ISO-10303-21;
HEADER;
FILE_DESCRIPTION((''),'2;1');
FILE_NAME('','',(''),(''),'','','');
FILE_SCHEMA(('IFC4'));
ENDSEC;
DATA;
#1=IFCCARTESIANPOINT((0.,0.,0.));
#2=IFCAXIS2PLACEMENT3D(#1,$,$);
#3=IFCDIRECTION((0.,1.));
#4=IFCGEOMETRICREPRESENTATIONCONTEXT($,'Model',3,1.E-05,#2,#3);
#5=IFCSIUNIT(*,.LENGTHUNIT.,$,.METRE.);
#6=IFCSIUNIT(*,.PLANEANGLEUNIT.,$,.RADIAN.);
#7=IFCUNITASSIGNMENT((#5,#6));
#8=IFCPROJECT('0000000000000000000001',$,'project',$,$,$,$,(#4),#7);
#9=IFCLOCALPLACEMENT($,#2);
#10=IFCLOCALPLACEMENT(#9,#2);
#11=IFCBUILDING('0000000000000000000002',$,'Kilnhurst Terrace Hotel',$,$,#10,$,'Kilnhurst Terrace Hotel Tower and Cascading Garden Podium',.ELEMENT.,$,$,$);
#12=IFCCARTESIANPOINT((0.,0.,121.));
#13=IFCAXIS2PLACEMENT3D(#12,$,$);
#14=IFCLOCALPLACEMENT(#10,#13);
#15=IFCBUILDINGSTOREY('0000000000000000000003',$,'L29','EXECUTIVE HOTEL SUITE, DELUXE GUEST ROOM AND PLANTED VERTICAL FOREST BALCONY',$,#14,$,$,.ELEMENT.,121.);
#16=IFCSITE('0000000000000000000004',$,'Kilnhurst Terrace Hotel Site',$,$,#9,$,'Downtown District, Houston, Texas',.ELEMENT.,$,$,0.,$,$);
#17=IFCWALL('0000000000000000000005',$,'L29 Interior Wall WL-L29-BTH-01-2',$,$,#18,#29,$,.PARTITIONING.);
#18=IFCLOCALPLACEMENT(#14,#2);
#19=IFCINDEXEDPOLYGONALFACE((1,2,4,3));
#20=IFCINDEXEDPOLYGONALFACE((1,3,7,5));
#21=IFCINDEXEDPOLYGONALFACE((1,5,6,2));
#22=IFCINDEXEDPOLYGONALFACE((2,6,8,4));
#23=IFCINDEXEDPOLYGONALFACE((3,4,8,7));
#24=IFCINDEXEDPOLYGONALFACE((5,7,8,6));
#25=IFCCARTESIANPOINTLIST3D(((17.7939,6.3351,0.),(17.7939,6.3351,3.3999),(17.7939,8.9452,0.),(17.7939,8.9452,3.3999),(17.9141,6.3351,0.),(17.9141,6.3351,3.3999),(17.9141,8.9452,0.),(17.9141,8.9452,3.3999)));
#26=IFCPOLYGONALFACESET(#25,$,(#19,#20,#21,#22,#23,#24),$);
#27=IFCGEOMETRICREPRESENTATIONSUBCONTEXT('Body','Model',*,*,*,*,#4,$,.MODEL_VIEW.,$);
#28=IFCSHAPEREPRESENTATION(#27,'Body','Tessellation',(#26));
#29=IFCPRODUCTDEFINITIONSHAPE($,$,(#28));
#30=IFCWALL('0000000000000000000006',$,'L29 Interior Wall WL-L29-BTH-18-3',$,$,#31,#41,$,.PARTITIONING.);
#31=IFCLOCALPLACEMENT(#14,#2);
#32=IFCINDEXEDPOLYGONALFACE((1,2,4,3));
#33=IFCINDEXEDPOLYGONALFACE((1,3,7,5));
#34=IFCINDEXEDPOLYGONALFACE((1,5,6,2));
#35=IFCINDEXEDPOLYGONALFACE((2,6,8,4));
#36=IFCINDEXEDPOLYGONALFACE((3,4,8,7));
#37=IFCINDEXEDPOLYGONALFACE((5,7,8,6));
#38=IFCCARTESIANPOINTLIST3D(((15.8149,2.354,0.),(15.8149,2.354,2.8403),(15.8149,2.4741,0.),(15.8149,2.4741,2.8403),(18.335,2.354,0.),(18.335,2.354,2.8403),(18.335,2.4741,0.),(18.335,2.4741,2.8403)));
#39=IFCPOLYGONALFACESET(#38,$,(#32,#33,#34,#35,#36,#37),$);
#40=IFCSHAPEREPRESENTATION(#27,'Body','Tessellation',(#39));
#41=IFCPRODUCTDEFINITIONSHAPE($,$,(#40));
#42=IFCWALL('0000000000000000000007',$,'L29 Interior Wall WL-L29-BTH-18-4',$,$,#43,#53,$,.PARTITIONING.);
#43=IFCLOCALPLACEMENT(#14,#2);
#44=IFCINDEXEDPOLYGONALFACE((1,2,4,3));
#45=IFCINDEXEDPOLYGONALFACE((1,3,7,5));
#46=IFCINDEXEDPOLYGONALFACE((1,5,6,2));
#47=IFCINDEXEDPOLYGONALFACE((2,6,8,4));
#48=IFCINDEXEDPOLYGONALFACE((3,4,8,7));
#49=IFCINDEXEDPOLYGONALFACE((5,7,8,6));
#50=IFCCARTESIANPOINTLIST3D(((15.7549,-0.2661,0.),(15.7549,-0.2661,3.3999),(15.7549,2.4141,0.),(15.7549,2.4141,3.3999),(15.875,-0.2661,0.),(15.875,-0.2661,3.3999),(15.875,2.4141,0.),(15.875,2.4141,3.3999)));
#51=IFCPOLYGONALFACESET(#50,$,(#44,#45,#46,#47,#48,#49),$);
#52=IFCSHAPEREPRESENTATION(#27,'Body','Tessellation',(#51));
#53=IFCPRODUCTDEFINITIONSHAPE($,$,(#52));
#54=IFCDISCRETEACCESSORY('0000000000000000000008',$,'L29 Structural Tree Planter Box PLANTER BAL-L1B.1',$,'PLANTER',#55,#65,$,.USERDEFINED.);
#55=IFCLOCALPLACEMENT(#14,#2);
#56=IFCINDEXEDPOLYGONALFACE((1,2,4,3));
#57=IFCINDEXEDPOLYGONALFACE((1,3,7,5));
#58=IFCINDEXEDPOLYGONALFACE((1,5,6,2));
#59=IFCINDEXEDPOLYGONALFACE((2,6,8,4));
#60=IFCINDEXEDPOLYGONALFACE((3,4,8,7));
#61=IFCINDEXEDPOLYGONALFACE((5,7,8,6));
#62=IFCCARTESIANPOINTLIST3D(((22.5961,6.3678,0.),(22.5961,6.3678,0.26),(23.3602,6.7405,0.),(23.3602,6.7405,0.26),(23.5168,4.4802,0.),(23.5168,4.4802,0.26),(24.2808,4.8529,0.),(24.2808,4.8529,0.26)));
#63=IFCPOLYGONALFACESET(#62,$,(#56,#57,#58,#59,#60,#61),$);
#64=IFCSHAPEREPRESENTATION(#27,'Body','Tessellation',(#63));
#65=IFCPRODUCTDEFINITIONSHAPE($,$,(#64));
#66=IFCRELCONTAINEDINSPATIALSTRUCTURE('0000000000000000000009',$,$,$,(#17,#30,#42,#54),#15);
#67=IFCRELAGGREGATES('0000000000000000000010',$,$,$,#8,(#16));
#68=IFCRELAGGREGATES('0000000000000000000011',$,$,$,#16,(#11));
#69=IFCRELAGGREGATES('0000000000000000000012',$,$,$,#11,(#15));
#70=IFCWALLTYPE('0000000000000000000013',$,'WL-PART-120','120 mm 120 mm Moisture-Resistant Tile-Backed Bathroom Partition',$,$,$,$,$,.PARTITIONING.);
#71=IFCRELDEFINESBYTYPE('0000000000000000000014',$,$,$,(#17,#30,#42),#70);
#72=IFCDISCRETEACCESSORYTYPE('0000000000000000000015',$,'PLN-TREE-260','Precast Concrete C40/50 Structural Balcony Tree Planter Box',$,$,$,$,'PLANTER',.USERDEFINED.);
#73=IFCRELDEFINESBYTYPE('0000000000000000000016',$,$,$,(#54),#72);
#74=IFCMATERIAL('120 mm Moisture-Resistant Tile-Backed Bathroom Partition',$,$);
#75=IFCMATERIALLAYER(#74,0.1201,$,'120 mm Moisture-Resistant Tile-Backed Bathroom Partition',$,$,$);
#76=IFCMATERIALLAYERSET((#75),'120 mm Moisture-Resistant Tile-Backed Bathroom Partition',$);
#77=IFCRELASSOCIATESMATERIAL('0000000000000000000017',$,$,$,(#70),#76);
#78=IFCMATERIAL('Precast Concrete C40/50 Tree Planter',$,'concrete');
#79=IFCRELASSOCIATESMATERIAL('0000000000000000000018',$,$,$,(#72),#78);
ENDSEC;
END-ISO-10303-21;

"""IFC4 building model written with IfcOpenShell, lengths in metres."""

from ifc_helpers import new_model, si_unit, direction, frame, frame_2d, origin, origin_2d, place, context, subcontext, project, spatial, rectangle, extrude, material, layer, layer_set, type_object, element, save


model = new_model("IFC4")

# Units and contexts
model_context = context("Model", 3, precision=1e-05, world=origin(), true_north=direction((0.0, 1.0)))
body_context = subcontext(model_context, "Body", "Model", "MODEL_VIEW")
ifc_project = project(units=[si_unit("LENGTHUNIT", "METRE"), si_unit("PLANEANGLEUNIT", "RADIAN")], contexts=[model_context])

# Site, building, storey
site_placement = place(None, origin())
site = spatial("IfcSite", under=ifc_project, at=site_placement, Name="Kilnhurst Terrace Hotel Site", LongName="Downtown District, Houston, Texas", CompositionType="ELEMENT", RefElevation=0.0)
building_placement = place(site_placement, origin())
building = spatial("IfcBuilding", under=site, at=building_placement, Name="Kilnhurst Terrace Hotel", LongName="Kilnhurst Terrace Hotel Tower and Cascading Garden Podium", CompositionType="ELEMENT")
storey_placement = place(building_placement, frame((0.0, 0.0, 121.0)))
storey = spatial("IfcBuildingStorey", under=building, at=storey_placement, Name="L29", Description="EXECUTIVE HOTEL SUITE, DELUXE GUEST ROOM AND PLANTED VERTICAL FOREST BALCONY", CompositionType="ELEMENT", Elevation=121.0)

# Shared definitions
ifc_material_1 = material(Name="120 mm Moisture-Resistant Tile-Backed Bathroom Partition")
ifc_layer_1 = layer(ifc_material_1, 0.1201, Name="120 mm Moisture-Resistant Tile-Backed Bathroom Partition")
ifc_layer_set_1 = layer_set([ifc_layer_1], Name="120 mm Moisture-Resistant Tile-Backed Bathroom Partition")
wall_type_1 = type_object("IfcWallType", Name="WL-PART-120", Description="120 mm 120 mm Moisture-Resistant Tile-Backed Bathroom Partition", PredefinedType="PARTITIONING", material=ifc_layer_set_1)

# Walls
wall_1_placement = place(storey_placement, frame((17.854, 6.335, 0.0), z_axis=(0.0, 0.0, 1.0), x_axis=(0.0, 1.0, 0.0)))
element("IfcWall", 1, at=wall_1_placement, inside=storey, type_object=wall_type_1, Name="L29 Interior Wall WL-L29-BTH-01-2", PredefinedType="PARTITIONING", context=body_context, shape_type="SweptSolid", body=[
    extrude(rectangle(XDim=2.6101, YDim=0.1201, at=frame_2d((1.3052, 0.0))), origin(), (0.0, 0.0, 1.0), 3.3999),
])
wall_2_placement = place(storey_placement, frame((18.335, 2.4141, 0.0), z_axis=(0.0, 0.0, 1.0), x_axis=(-1.0, 0.0, 0.0)))
element("IfcWall", 2, at=wall_2_placement, inside=storey, type_object=wall_type_1, Name="L29 Interior Wall WL-L29-BTH-18-3", PredefinedType="PARTITIONING", context=body_context, shape_type="SweptSolid", body=[
    extrude(rectangle(XDim=2.52, YDim=0.1201, at=frame_2d((1.26, 0.0))), origin(), (0.0, 0.0, 1.0), 2.8403),
])
wall_3_placement = place(storey_placement, frame((15.8149, 2.4141, 0.0), z_axis=(0.0, 0.0, 1.0), x_axis=(0.0, -1.0, 0.0)))
element("IfcWall", 3, at=wall_3_placement, inside=storey, type_object=wall_type_1, Name="L29 Interior Wall WL-L29-BTH-18-4", PredefinedType="PARTITIONING", context=body_context, shape_type="SweptSolid", body=[
    extrude(rectangle(XDim=2.6802, YDim=0.1201, at=frame_2d((1.3401, 0.0))), origin(), (0.0, 0.0, 1.0), 3.3999),
])

# Discrete accessory
ifc_material_2 = material(Name="Precast Concrete C40/50 Tree Planter", Category="concrete")
discrete_accessory_type = type_object("IfcDiscreteAccessoryType", Name="PLN-TREE-260", Description="Precast Concrete C40/50 Structural Balcony Tree Planter Box", ElementType="PLANTER", PredefinedType="USERDEFINED", material=ifc_material_2)
discrete_accessory_placement = place(storey_placement, frame((23.4385, 5.6104, 0.0), z_axis=(0.0, 0.0, 1.0), x_axis=(-0.438387, 0.898786, 0.0)))
element("IfcDiscreteAccessory", 4, at=discrete_accessory_placement, inside=storey, type_object=discrete_accessory_type, Name="L29 Structural Tree Planter Box PLANTER BAL-L1B.1", ObjectType="PLANTER", PredefinedType="USERDEFINED", context=body_context, shape_type="SweptSolid", body=[
    extrude(rectangle(XDim=2.1001, YDim=0.8501, at=origin_2d()), origin(), (0.0, 0.0, 1.0), 0.26),
])

save(model, "model.ifc")
